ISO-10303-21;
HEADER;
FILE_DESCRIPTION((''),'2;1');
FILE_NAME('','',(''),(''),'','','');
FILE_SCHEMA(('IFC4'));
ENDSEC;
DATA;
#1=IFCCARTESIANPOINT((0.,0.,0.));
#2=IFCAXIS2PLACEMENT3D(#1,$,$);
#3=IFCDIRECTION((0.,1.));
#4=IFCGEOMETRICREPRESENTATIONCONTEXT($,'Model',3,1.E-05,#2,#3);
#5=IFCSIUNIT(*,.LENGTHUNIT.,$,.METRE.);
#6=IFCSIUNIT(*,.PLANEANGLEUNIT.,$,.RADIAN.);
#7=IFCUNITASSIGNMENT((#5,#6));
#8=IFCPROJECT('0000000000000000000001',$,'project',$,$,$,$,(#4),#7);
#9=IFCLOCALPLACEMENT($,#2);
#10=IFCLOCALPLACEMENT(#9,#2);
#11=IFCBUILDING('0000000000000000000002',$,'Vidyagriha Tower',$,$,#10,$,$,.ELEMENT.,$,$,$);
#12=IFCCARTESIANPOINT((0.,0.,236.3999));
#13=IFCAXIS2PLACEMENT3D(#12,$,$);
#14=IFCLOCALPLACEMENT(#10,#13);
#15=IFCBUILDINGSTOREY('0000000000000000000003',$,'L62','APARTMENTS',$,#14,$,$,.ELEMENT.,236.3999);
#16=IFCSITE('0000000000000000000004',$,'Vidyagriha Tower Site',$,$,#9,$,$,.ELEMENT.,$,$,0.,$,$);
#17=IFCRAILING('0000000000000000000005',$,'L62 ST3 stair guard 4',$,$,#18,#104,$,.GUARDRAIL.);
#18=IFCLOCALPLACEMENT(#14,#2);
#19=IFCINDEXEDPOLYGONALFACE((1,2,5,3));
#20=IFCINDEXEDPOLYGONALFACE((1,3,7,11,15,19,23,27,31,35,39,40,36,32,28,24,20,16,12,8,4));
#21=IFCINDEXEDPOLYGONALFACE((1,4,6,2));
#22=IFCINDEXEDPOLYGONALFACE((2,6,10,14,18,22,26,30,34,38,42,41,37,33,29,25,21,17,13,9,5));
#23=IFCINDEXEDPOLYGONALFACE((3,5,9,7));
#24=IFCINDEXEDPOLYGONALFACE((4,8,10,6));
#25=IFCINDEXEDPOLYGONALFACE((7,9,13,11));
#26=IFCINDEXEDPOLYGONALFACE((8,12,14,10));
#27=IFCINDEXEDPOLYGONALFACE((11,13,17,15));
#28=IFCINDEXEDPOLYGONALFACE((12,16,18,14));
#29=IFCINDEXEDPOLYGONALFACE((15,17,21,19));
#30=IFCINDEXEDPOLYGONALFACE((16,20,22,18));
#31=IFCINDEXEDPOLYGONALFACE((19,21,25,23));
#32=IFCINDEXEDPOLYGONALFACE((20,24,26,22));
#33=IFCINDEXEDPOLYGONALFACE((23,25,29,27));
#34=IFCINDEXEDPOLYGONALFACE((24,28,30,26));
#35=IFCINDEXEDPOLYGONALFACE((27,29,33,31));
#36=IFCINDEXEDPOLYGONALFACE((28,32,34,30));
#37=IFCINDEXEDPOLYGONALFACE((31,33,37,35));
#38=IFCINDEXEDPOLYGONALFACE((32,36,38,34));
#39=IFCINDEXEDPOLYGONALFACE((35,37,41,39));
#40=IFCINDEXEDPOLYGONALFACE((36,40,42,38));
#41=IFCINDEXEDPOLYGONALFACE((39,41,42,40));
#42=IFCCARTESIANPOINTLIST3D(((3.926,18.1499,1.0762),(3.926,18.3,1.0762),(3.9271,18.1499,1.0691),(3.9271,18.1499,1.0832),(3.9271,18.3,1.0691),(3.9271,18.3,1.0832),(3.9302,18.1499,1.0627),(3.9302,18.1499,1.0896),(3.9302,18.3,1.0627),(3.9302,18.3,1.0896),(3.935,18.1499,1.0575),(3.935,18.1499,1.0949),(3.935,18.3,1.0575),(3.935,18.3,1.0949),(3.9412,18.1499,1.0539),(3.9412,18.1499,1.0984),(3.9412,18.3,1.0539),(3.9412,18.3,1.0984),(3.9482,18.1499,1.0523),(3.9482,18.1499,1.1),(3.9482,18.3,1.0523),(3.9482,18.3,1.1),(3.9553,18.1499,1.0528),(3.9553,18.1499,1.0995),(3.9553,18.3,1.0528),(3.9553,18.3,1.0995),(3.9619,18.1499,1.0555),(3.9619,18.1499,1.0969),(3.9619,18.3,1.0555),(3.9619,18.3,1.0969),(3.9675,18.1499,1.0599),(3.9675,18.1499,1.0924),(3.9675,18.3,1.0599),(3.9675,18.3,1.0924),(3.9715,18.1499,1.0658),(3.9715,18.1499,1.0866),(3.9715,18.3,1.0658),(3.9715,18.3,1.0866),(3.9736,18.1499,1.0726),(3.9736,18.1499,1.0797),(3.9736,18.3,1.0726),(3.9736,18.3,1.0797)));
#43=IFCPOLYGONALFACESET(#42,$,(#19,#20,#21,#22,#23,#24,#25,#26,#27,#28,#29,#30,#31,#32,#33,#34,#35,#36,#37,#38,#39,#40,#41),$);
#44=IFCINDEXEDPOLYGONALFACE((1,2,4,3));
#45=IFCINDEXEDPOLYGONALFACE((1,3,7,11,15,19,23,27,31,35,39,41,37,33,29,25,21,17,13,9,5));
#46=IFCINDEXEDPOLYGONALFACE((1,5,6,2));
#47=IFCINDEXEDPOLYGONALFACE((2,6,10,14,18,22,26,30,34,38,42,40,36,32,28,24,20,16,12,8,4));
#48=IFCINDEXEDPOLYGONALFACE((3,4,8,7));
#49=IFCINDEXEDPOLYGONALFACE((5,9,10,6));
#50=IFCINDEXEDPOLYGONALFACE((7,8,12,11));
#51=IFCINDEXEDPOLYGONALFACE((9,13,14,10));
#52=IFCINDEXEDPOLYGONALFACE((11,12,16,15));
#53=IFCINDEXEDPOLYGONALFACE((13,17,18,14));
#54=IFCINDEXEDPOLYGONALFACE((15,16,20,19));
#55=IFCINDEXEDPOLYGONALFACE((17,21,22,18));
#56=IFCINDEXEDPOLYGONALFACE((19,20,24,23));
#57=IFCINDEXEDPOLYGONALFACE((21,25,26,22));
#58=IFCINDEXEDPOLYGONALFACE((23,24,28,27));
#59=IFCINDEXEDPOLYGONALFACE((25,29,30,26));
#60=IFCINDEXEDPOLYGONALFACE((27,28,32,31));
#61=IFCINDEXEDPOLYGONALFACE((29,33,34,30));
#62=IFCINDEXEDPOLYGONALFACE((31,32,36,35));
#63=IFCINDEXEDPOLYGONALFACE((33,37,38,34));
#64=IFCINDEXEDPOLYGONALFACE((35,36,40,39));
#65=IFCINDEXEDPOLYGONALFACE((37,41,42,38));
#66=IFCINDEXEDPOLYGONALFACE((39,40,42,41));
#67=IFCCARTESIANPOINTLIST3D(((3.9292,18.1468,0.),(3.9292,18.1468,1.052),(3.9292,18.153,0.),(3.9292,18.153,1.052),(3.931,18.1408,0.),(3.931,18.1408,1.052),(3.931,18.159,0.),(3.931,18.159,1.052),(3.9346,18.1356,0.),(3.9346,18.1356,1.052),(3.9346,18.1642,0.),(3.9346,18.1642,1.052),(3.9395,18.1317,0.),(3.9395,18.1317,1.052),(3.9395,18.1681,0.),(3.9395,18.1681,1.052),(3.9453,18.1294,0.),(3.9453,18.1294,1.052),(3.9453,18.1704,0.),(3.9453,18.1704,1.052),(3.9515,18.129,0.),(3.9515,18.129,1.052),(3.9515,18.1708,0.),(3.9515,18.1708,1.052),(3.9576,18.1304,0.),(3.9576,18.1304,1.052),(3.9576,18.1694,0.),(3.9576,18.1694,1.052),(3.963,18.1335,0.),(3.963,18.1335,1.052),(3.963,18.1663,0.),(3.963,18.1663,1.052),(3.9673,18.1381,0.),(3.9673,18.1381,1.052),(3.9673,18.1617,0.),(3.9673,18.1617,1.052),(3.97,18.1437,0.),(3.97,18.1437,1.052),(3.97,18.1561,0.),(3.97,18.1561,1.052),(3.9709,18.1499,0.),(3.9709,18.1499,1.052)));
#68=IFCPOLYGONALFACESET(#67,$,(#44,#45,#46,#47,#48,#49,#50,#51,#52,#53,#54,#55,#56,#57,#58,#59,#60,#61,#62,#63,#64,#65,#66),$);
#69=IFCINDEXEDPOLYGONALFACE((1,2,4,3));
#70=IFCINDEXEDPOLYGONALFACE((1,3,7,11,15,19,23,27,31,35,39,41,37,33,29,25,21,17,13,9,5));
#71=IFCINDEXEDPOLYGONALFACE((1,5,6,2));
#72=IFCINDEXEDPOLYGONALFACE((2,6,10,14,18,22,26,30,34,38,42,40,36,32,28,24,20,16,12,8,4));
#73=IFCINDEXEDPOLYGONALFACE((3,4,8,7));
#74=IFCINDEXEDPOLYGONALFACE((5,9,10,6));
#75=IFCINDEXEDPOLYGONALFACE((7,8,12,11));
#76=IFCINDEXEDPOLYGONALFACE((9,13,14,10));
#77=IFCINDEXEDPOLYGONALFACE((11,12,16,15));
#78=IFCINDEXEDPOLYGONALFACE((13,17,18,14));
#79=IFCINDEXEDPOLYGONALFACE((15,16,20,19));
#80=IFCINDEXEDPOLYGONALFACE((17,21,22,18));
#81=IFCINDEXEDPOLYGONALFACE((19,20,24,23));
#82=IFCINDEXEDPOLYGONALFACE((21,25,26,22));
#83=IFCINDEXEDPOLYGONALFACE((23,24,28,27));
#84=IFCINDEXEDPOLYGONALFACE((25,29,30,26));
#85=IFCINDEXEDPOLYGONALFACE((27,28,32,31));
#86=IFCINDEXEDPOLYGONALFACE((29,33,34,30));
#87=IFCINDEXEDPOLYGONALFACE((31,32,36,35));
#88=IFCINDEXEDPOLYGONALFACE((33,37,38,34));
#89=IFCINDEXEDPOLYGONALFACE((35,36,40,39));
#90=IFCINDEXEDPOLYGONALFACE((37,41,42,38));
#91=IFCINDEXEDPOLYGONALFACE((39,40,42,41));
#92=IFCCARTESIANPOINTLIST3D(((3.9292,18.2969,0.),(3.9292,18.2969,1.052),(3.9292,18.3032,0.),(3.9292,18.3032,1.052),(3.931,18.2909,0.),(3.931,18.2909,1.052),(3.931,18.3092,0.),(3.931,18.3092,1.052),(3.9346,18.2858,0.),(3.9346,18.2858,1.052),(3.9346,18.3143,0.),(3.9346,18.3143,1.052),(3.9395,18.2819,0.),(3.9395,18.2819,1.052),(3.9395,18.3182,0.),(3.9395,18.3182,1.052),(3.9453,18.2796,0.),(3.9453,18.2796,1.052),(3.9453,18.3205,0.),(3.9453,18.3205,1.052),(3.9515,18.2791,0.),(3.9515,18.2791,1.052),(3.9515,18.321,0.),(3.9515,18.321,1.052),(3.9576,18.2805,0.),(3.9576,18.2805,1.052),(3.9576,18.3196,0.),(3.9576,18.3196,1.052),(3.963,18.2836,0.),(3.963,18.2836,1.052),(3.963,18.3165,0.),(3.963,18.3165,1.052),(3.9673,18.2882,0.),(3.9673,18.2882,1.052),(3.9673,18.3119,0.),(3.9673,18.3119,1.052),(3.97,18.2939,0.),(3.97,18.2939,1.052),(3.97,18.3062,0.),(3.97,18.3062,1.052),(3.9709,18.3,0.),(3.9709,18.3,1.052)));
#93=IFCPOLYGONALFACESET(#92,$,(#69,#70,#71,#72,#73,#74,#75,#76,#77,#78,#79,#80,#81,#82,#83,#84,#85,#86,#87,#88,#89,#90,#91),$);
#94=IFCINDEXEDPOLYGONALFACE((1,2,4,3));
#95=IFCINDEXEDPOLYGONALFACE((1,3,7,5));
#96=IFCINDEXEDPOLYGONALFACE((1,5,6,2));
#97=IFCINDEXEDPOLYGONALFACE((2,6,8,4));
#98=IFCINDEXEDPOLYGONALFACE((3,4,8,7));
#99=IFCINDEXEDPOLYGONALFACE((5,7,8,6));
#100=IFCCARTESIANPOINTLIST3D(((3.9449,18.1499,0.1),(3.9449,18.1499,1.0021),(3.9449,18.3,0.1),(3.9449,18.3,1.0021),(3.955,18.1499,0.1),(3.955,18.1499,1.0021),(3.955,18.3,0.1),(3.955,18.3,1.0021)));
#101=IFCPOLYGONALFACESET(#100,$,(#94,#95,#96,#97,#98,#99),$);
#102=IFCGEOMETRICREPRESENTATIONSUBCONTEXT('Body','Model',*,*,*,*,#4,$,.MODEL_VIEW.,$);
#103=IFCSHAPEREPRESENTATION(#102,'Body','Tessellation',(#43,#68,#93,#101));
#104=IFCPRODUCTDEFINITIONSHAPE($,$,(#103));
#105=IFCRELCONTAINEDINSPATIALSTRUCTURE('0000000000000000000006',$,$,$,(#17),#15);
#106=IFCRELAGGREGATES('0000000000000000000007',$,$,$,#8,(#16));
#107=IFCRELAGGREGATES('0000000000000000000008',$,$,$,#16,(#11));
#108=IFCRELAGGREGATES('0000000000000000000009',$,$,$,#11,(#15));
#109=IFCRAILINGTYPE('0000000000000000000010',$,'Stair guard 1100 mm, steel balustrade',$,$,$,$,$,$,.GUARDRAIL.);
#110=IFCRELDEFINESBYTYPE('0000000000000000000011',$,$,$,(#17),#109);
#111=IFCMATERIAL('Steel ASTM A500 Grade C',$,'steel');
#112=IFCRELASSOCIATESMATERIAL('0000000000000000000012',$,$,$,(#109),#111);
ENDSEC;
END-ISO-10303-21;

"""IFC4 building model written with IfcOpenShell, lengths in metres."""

from ifc_helpers import new_model, si_unit, direction, frame, origin, origin_2d, place, context, subcontext, project, spatial, rectangle, circle, extrude, material, type_object, element, save


model = new_model("IFC4")

# Units and contexts
model_context = context("Model", 3, precision=1e-05, world=origin(), true_north=direction((0.0, 1.0)))
body_context = subcontext(model_context, "Body", "Model", "MODEL_VIEW")
ifc_project = project(units=[si_unit("LENGTHUNIT", "METRE"), si_unit("PLANEANGLEUNIT", "RADIAN")], contexts=[model_context])

# Site, building, storey
site_placement = place(None, origin())
site = spatial("IfcSite", under=ifc_project, at=site_placement, Name="Vidyagriha Tower Site", CompositionType="ELEMENT", RefElevation=0.0)
building_placement = place(site_placement, origin())
building = spatial("IfcBuilding", under=site, at=building_placement, Name="Vidyagriha Tower", CompositionType="ELEMENT")
storey_placement = place(building_placement, frame((0.0, 0.0, 236.3999)))
storey = spatial("IfcBuildingStorey", under=building, at=storey_placement, Name="L62", Description="APARTMENTS", CompositionType="ELEMENT", Elevation=236.3999)

# Railing
ifc_material_1 = material(Name="Steel ASTM A500 Grade C", Category="steel")
railing_type_1 = type_object("IfcRailingType", Name="Stair guard 1100 mm, steel balustrade", PredefinedType="GUARDRAIL", material=ifc_material_1)
railing_1_placement = place(storey_placement, frame((3.95, 18.1499, 0.0)))
element("IfcRailing", 1, at=railing_1_placement, inside=storey, type_object=railing_type_1, Name="L62 ST3 stair guard 4", PredefinedType="GUARDRAIL", context=body_context, shape_type="SweptSolid", body=[
    extrude(circle(Radius=0.0239, at=origin_2d()), frame((0.0, 0.0, 1.0762), z_axis=(0.0, 1.0, 0.0), x_axis=(-1.0, 0.0, 0.0)), (0.0, 0.0, 1.0), 0.1501),
    extrude(circle(Radius=0.021, at=origin_2d()), origin(), (0.0, 0.0, 1.0), 1.052),
    extrude(circle(Radius=0.021, at=origin_2d()), frame((0.0, 0.1501, 0.0)), (0.0, 0.0, 1.0), 1.052),
    extrude(rectangle(XDim=0.01, YDim=0.9021, at=origin_2d()), frame((0.0, 0.0, 0.551), z_axis=(0.0, 1.0, 0.0), x_axis=(-1.0, 0.0, 0.0)), (0.0, 0.0, 1.0), 0.1501),
])

save(model, "model.ifc")
